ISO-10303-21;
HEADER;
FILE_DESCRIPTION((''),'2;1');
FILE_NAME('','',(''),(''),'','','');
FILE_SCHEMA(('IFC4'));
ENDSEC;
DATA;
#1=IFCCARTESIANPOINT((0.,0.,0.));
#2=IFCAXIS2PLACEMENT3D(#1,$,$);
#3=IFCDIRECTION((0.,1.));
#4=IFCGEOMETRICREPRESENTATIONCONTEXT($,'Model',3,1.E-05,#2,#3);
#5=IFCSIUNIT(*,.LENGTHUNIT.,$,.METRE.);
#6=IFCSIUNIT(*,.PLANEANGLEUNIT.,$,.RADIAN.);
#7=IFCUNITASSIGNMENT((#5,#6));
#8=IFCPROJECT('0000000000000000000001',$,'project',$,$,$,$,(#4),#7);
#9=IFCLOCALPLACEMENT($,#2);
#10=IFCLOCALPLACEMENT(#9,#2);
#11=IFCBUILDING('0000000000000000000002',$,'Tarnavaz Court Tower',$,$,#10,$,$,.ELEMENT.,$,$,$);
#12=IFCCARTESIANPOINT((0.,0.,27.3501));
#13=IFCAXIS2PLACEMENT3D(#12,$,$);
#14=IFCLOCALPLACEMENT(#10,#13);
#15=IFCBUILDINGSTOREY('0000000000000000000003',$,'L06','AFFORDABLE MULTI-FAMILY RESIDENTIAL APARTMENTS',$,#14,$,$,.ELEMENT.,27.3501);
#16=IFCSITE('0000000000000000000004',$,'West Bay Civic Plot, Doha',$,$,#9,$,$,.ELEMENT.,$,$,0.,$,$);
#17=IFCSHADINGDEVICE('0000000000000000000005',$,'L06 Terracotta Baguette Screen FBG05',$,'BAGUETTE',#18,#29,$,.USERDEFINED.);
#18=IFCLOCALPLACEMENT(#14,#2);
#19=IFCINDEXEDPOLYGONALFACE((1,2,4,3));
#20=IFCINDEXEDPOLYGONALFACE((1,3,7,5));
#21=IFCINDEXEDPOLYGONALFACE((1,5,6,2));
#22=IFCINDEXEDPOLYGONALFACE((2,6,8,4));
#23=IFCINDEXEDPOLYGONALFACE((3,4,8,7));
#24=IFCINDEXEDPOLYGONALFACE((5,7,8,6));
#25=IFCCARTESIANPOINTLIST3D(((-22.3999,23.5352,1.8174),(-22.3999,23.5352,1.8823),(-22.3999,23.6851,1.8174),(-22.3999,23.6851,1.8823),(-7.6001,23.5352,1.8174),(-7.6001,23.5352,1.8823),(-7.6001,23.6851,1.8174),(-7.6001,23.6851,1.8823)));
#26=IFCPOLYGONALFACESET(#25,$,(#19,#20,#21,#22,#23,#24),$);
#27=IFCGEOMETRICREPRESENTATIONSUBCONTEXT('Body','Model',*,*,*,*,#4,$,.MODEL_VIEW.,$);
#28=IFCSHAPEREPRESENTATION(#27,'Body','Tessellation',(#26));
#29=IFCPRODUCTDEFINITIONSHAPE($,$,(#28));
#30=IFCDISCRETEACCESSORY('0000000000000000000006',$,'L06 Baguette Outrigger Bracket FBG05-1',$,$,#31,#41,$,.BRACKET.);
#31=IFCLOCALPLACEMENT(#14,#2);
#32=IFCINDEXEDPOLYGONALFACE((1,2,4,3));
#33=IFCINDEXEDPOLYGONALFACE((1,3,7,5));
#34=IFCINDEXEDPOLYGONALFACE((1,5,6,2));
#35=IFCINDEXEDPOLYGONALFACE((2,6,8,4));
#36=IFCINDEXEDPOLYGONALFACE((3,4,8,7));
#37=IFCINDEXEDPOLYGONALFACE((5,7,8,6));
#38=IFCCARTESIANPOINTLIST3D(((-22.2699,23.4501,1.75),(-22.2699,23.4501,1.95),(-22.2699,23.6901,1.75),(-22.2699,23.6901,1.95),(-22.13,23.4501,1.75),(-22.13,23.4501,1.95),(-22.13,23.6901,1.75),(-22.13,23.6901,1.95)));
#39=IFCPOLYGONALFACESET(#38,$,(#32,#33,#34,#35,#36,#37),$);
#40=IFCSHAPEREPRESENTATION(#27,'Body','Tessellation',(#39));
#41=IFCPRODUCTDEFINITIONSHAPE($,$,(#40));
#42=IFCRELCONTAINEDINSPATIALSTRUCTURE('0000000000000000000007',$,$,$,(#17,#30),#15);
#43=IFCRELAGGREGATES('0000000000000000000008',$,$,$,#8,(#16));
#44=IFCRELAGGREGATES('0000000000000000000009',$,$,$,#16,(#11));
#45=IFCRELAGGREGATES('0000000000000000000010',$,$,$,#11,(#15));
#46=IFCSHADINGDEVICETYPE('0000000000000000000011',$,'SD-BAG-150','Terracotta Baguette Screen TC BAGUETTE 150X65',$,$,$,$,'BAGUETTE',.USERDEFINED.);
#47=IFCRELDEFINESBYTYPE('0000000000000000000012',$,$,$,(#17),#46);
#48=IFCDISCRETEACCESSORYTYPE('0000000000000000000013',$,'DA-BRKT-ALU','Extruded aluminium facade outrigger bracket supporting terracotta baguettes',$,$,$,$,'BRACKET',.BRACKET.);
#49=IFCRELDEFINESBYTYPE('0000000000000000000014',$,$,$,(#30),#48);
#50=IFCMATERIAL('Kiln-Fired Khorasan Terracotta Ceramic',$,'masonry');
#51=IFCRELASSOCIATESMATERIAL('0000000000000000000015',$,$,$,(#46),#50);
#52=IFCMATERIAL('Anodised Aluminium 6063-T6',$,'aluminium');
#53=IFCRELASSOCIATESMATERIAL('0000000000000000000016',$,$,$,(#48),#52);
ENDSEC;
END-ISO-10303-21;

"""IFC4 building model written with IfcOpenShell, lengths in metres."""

from ifc_helpers import new_model, si_unit, direction, frame, origin, origin_2d, place, context, subcontext, project, spatial, rectangle, extrude, material, material_profile, profile_set, type_object, element, save


model = new_model("IFC4")

# Units and contexts
model_context = context("Model", 3, precision=1e-05, world=origin(), true_north=direction((0.0, 1.0)))
body_context = subcontext(model_context, "Body", "Model", "MODEL_VIEW")
ifc_project = project(units=[si_unit("LENGTHUNIT", "METRE"), si_unit("PLANEANGLEUNIT", "RADIAN")], contexts=[model_context])

# Site, building, storey
site_placement = place(None, origin())
site = spatial("IfcSite", under=ifc_project, at=site_placement, Name="West Bay Civic Plot, Doha", CompositionType="ELEMENT", RefElevation=0.0)
building_placement = place(site_placement, origin())
building = spatial("IfcBuilding", under=site, at=building_placement, Name="Tarnavaz Court Tower", CompositionType="ELEMENT")
storey_placement = place(building_placement, frame((0.0, 0.0, 27.3501)))
storey = spatial("IfcBuildingStorey", under=building, at=storey_placement, Name="L06", Description="AFFORDABLE MULTI-FAMILY RESIDENTIAL APARTMENTS", CompositionType="ELEMENT", Elevation=27.3501)

# Shading device
ifc_material_1 = material(Name="Kiln-Fired Khorasan Terracotta Ceramic", Category="masonry")
ifc_material_profile_1 = material_profile(ifc_material_1, rectangle(XDim=0.1499, YDim=0.0649, at=origin_2d()), Name="TC BAGUETTE 150X65")
ifc_profile_set_1 = profile_set([ifc_material_profile_1], Name="Kiln-Fired Khorasan Terracotta Ceramic")
shading_device_type = type_object("IfcShadingDeviceType", Name="SD-BAG-150", Description="Terracotta Baguette Screen TC BAGUETTE 150X65", ElementType="BAGUETTE", PredefinedType="USERDEFINED", material=ifc_profile_set_1)
shading_device_placement = place(storey_placement, frame((-22.3999, 23.6101, 1.8499), z_axis=(1.0, 0.0, 0.0), x_axis=(0.0, 1.0, 0.0)))
element("IfcShadingDevice", 1, at=shading_device_placement, inside=storey, type_object=shading_device_type, Name="L06 Terracotta Baguette Screen FBG05", ObjectType="BAGUETTE", PredefinedType="USERDEFINED", context=body_context, shape_type="SweptSolid", body=[
    extrude(rectangle(XDim=0.1499, YDim=0.0649, at=origin_2d()), origin(), (0.0, 0.0, 1.0), 14.7998),
])

# Discrete accessory
ifc_material_2 = material(Name="Anodised Aluminium 6063-T6", Category="aluminium")
discrete_accessory_type = type_object("IfcDiscreteAccessoryType", Name="DA-BRKT-ALU", Description="Extruded aluminium facade outrigger bracket supporting terracotta baguettes", ElementType="BRACKET", PredefinedType="BRACKET", material=ifc_material_2)
discrete_accessory_placement = place(storey_placement, frame((-22.2, 23.5701, 1.75), z_axis=(0.0, 0.0, 1.0), x_axis=(1.0, 0.0, 0.0)))
element("IfcDiscreteAccessory", 2, at=discrete_accessory_placement, inside=storey, type_object=discrete_accessory_type, Name="L06 Baguette Outrigger Bracket FBG05-1", PredefinedType="BRACKET", context=body_context, shape_type="SweptSolid", body=[
    extrude(rectangle(XDim=0.1399, YDim=0.24, at=origin_2d()), origin(), (0.0, 0.0, 1.0), 0.2),
])

save(model, "model.ifc")
